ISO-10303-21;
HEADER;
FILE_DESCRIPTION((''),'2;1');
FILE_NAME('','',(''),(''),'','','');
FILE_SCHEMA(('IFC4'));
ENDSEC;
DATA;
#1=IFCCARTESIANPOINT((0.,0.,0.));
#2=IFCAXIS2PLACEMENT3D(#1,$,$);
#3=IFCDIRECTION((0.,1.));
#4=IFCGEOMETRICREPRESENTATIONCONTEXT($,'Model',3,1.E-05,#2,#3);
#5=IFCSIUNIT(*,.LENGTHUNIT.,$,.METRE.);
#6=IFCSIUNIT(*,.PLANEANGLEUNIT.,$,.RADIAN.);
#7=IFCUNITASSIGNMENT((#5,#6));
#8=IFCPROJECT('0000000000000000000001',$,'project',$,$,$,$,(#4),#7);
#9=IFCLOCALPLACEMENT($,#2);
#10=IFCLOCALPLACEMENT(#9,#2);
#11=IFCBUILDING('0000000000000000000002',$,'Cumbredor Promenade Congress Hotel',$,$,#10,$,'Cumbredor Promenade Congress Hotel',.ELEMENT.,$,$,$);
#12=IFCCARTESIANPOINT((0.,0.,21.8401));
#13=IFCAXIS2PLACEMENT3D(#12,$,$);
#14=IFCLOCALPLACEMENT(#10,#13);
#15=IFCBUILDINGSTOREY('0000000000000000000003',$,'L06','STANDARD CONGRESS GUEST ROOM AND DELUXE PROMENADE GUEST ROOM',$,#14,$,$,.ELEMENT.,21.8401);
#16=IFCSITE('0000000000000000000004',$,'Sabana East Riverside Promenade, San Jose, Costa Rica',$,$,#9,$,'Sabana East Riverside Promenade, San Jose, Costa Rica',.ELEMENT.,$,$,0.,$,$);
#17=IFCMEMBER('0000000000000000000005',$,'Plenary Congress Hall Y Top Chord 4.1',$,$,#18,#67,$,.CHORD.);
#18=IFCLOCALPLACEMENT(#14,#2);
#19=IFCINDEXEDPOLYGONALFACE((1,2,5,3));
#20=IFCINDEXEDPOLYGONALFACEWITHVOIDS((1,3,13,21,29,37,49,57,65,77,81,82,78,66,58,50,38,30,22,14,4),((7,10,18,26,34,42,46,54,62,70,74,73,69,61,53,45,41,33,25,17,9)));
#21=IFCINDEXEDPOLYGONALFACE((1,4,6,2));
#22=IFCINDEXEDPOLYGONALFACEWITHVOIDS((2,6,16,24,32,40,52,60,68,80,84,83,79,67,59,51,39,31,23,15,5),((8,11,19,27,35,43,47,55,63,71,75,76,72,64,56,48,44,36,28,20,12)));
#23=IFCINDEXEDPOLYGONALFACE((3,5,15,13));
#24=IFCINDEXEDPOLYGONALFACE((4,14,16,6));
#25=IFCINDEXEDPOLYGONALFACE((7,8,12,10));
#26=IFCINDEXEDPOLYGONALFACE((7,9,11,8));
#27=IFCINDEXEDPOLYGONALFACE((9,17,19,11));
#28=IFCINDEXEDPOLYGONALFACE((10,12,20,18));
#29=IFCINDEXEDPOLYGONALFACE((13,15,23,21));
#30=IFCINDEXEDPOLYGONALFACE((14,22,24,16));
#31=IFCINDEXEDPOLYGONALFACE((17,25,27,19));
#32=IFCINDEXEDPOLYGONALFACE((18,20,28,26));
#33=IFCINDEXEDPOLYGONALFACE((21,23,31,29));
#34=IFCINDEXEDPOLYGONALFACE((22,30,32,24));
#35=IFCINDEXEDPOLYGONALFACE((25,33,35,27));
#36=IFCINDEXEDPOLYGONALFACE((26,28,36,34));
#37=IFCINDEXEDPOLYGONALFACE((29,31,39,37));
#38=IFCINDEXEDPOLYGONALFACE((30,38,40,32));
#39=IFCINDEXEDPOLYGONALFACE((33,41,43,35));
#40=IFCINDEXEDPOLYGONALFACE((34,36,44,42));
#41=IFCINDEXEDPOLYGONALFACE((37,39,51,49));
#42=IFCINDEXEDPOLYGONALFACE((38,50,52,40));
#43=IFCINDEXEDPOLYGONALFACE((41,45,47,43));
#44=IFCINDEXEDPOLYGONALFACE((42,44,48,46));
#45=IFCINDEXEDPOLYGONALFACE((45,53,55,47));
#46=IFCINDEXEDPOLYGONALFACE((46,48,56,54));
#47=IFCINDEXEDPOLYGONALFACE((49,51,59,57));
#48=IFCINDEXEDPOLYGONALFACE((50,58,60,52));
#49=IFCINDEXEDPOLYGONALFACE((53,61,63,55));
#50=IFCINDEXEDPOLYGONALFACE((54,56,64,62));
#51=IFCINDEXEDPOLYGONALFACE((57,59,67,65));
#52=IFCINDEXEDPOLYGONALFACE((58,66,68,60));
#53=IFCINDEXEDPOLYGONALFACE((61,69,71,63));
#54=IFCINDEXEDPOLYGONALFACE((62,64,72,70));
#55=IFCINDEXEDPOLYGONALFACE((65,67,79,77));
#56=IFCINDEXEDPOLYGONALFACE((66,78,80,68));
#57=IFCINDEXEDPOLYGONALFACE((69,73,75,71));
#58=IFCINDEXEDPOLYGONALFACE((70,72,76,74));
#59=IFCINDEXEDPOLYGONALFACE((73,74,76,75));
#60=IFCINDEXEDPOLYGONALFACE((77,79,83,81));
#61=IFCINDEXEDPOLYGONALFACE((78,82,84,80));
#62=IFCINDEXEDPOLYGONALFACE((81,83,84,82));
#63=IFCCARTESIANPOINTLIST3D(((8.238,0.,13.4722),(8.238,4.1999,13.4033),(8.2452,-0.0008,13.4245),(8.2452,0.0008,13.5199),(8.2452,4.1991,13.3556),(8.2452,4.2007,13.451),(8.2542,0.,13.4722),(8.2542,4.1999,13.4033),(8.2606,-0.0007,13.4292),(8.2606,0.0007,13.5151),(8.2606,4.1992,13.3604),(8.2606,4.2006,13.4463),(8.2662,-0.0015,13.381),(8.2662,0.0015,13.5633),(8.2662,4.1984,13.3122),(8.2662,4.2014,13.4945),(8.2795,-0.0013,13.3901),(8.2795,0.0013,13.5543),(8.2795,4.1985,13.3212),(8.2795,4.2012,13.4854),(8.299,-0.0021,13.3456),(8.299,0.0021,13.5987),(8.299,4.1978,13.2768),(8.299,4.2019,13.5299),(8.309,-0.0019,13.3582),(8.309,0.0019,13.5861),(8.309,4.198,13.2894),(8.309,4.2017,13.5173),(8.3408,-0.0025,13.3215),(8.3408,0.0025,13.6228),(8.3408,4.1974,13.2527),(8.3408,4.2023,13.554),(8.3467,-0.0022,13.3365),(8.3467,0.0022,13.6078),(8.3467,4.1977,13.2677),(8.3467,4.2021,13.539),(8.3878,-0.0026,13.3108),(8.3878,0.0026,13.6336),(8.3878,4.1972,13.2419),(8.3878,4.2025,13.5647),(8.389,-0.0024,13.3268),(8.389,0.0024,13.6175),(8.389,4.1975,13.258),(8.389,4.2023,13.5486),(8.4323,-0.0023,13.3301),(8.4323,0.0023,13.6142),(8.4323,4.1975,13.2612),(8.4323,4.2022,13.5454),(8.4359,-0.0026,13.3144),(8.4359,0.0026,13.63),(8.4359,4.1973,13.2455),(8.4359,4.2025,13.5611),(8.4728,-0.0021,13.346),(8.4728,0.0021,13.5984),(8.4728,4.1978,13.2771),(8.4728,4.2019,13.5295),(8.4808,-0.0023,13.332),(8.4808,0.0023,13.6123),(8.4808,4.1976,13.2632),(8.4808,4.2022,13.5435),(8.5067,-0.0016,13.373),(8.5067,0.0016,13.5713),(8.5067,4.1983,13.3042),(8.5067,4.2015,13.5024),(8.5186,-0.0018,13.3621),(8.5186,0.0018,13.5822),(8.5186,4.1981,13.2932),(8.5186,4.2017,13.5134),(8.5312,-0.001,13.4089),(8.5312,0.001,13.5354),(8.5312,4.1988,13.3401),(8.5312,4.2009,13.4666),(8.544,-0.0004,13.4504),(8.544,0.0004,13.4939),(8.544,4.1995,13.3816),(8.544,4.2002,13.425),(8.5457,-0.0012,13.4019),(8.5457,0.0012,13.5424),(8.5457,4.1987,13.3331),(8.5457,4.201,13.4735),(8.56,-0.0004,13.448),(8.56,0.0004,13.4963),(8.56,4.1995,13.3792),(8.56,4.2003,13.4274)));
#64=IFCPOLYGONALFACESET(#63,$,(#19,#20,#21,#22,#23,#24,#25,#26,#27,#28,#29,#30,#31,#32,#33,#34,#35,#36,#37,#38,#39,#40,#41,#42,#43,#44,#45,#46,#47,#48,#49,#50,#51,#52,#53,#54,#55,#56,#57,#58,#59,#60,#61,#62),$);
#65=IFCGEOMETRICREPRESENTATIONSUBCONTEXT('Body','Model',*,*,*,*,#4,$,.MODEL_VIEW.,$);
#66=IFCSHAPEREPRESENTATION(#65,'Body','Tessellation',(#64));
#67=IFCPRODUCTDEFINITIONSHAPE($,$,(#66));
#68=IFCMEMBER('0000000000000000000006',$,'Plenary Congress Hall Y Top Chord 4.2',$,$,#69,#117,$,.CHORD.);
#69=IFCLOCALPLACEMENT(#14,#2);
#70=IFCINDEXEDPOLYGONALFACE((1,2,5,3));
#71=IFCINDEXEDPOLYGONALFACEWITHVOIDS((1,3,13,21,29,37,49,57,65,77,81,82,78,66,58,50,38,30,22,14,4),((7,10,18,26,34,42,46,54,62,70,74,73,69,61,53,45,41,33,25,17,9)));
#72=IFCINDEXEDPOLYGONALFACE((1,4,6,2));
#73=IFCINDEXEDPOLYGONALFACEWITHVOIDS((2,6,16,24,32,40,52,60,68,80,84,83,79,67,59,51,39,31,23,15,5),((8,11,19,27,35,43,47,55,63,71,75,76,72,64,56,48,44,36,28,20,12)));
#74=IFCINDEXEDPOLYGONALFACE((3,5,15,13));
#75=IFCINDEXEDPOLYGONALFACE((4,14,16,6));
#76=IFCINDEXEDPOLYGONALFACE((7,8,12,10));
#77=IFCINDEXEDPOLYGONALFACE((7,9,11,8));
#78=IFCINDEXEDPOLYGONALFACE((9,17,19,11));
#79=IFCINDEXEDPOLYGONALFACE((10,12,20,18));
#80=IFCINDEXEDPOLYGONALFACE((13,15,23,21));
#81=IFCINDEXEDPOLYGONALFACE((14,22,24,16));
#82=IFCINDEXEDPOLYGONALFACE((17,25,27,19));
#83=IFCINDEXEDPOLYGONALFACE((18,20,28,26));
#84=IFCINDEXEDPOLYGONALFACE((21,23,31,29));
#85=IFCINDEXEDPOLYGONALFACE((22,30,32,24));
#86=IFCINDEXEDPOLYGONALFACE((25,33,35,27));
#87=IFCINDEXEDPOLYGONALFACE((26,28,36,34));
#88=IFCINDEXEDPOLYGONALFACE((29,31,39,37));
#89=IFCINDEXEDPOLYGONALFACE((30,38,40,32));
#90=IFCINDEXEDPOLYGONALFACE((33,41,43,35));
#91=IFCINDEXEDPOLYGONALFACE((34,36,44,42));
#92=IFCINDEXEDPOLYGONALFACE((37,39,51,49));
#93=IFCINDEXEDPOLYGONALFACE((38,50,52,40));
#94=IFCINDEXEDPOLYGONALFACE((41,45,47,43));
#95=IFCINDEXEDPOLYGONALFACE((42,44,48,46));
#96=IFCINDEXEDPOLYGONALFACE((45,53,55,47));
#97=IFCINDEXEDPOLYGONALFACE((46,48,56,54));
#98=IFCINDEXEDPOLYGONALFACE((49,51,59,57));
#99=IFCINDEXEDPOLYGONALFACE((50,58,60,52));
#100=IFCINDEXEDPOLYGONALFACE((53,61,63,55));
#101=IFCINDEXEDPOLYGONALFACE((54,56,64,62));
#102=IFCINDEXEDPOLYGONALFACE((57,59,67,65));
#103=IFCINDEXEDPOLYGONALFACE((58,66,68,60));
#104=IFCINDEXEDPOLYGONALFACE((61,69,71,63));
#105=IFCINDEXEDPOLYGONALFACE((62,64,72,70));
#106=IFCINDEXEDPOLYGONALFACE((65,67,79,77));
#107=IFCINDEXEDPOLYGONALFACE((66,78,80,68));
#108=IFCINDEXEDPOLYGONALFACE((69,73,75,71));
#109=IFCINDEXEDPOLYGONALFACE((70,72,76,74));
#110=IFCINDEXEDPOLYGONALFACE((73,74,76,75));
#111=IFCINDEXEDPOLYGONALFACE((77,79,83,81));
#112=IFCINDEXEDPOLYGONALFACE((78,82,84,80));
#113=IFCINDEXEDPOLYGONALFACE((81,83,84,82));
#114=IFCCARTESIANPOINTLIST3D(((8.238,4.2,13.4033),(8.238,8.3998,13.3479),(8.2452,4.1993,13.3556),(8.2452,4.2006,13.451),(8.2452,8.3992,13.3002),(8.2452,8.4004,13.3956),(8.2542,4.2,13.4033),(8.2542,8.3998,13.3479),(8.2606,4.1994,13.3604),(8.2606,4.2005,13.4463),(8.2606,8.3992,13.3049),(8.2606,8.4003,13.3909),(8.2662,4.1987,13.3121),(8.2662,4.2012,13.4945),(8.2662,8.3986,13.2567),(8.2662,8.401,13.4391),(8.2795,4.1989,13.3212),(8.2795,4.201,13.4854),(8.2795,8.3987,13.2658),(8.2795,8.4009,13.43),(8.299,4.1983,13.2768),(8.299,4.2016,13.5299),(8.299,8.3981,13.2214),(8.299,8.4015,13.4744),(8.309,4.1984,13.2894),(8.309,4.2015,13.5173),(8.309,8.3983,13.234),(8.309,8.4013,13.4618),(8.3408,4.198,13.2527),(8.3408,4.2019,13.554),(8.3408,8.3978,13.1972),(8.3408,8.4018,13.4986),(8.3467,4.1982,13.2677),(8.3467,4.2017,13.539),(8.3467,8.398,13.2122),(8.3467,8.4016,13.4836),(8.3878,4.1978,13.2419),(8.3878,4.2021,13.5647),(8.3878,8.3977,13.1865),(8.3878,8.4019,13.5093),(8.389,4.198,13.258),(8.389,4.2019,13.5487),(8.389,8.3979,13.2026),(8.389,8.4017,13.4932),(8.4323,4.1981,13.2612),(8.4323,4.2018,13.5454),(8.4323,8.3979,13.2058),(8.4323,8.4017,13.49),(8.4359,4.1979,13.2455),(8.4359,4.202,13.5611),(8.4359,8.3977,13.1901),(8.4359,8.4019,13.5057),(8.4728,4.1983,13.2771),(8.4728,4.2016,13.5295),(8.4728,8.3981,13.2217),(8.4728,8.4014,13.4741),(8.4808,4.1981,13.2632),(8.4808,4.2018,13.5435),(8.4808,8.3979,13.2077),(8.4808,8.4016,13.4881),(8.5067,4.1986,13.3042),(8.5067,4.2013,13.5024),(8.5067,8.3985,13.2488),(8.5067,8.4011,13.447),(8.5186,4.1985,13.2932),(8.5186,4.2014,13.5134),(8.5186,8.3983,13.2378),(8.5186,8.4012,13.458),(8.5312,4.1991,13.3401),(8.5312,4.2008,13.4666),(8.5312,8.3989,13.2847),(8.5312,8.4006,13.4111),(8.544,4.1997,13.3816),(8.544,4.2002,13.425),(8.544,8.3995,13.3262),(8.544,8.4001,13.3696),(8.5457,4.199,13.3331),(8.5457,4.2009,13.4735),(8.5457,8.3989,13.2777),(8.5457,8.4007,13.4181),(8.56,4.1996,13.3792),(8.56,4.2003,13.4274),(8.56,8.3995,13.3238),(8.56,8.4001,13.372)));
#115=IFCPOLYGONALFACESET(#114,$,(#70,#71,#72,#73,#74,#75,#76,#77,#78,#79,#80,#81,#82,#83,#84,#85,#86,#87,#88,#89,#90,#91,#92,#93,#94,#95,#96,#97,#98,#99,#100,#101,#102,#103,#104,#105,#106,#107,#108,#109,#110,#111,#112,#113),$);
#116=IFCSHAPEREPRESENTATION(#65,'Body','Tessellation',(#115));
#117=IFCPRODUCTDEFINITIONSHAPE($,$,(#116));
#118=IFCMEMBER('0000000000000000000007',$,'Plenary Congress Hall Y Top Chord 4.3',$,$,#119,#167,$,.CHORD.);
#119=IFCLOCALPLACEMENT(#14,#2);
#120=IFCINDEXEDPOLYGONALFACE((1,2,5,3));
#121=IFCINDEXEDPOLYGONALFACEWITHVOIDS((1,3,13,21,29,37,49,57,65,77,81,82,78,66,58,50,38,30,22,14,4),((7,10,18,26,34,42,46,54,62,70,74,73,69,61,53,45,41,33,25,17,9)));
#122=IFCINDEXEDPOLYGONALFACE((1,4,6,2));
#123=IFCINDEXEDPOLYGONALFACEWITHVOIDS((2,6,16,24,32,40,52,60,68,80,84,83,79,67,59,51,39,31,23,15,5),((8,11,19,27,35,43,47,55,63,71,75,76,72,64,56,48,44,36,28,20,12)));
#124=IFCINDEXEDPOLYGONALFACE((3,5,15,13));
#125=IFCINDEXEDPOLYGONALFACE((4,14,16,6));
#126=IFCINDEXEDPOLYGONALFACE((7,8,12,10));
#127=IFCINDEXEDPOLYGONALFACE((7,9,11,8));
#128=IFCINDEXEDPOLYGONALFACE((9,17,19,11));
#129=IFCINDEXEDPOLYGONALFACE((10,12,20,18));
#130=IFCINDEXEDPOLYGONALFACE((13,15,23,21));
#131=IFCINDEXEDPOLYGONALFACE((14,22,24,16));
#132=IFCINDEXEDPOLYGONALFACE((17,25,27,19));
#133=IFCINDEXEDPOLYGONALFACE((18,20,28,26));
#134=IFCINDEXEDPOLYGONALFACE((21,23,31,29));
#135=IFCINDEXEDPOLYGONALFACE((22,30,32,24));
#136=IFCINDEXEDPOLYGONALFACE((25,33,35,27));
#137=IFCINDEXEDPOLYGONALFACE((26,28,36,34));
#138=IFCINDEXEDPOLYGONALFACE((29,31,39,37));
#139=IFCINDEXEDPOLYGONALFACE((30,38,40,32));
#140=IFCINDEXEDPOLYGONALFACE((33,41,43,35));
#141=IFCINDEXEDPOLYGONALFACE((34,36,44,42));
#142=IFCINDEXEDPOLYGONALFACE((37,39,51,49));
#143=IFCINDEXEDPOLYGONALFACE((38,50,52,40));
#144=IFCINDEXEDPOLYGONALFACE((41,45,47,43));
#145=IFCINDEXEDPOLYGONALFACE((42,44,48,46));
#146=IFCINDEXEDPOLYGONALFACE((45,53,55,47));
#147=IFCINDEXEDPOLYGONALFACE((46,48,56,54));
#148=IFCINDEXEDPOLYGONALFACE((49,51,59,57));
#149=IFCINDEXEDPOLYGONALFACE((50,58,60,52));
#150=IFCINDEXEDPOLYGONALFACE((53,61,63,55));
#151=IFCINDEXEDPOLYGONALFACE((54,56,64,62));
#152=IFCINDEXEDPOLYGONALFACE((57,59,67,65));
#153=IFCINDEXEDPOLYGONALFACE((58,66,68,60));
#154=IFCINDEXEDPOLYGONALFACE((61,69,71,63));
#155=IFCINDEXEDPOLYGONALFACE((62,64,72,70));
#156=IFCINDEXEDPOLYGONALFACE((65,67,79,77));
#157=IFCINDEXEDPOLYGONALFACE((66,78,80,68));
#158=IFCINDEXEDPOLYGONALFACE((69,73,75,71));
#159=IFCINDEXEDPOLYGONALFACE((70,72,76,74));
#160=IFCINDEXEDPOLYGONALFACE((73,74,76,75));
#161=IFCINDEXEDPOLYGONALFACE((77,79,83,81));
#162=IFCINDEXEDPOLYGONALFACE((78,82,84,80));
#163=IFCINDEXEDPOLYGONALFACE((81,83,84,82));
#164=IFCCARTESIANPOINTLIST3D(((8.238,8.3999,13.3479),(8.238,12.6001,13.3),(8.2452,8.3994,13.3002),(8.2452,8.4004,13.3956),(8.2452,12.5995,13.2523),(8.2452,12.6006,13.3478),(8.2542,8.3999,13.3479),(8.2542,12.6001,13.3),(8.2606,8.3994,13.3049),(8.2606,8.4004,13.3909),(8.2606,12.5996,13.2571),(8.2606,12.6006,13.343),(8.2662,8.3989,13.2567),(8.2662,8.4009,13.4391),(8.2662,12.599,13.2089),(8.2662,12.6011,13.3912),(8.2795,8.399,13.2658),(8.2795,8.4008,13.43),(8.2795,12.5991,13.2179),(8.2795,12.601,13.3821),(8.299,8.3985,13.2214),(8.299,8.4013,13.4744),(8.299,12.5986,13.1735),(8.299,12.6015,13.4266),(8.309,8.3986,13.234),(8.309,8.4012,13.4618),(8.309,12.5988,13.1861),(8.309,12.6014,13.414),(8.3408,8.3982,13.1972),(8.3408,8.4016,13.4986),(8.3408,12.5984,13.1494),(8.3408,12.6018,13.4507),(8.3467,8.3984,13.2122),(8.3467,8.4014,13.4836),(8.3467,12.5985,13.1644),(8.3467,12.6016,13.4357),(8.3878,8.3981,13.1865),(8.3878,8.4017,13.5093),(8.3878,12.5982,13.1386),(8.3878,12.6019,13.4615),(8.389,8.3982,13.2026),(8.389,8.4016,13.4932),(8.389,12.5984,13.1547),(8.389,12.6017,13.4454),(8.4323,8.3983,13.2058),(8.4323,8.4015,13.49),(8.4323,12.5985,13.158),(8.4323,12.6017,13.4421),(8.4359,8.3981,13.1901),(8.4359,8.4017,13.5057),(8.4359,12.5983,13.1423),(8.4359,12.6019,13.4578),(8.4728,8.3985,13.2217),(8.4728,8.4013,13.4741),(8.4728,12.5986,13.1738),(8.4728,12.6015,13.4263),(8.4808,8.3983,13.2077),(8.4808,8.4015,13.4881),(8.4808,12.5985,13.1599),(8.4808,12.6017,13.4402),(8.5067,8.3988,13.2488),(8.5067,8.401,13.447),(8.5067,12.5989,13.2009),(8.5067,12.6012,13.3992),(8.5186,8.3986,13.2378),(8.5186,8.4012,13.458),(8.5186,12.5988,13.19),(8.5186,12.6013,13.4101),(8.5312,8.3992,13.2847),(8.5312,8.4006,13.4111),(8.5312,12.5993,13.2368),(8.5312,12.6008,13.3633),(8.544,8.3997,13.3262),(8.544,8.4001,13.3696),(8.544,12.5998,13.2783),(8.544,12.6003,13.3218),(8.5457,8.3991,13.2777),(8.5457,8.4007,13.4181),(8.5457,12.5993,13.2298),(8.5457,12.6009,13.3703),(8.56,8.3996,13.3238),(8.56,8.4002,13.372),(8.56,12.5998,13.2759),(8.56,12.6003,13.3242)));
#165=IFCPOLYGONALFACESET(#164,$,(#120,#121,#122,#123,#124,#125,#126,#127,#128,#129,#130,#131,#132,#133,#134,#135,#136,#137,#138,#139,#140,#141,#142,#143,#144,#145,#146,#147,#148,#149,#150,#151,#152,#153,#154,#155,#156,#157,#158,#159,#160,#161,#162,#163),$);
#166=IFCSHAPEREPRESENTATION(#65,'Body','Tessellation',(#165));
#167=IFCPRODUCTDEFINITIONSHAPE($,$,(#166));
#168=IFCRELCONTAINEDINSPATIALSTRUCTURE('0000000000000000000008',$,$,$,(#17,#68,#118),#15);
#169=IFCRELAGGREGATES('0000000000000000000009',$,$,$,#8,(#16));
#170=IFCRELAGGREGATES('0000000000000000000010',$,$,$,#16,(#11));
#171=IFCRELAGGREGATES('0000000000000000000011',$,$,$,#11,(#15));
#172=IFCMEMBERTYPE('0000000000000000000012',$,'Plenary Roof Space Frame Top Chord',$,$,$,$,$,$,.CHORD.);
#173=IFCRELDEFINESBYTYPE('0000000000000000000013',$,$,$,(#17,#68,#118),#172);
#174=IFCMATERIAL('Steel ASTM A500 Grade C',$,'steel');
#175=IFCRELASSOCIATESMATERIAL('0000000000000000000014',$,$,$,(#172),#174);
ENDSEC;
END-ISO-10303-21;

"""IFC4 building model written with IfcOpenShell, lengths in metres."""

from ifc_helpers import new_model, si_unit, direction, frame, origin, origin_2d, place, context, subcontext, project, spatial, hollow_circle, extrude, material, material_profile, profile_set, type_object, element, save


model = new_model("IFC4")

# Units and contexts
model_context = context("Model", 3, precision=1e-05, world=origin(), true_north=direction((0.0, 1.0)))
body_context = subcontext(model_context, "Body", "Model", "MODEL_VIEW")
ifc_project = project(units=[si_unit("LENGTHUNIT", "METRE"), si_unit("PLANEANGLEUNIT", "RADIAN")], contexts=[model_context])

# Site, building, storey
site_placement = place(None, origin())
site = spatial("IfcSite", under=ifc_project, at=site_placement, Name="Sabana East Riverside Promenade, San Jose, Costa Rica", LongName="Sabana East Riverside Promenade, San Jose, Costa Rica", CompositionType="ELEMENT", RefElevation=0.0)
building_placement = place(site_placement, origin())
building = spatial("IfcBuilding", under=site, at=building_placement, Name="Cumbredor Promenade Congress Hotel", LongName="Cumbredor Promenade Congress Hotel", CompositionType="ELEMENT")
storey_placement = place(building_placement, frame((0.0, 0.0, 21.8401)))
storey = spatial("IfcBuildingStorey", under=building, at=storey_placement, Name="L06", Description="STANDARD CONGRESS GUEST ROOM AND DELUXE PROMENADE GUEST ROOM", CompositionType="ELEMENT", Elevation=21.8401)

# Members
ifc_material_1 = material(Name="Steel ASTM A500 Grade C", Category="steel")
ifc_material_profile_1 = material_profile(ifc_material_1, hollow_circle(Radius=0.1619, WallThickness=0.0161, at=origin_2d()), Name="CHS 323.9x16")
ifc_profile_set_1 = profile_set([ifc_material_profile_1], Name="Steel ASTM A500 Grade C")
member_type_1 = type_object("IfcMemberType", Name="Plenary Roof Space Frame Top Chord", PredefinedType="CHORD", material=ifc_profile_set_1)
member_1_placement = place(storey_placement, frame((8.3999, 0.0, 13.4722), z_axis=(0.0, 0.999866, -0.01639), x_axis=(-1.0, 0.0, 0.0)))
element("IfcMember", 1, at=member_1_placement, inside=storey, type_object=member_type_1, Name="Plenary Congress Hall Y Top Chord 4.1", PredefinedType="CHORD", context=body_context, shape_type="SweptSolid", body=[
    extrude(hollow_circle(Radius=0.1619, WallThickness=0.0161, at=origin_2d()), origin(), (0.0, 0.0, 1.0), 4.2004),
])
member_2_placement = place(storey_placement, frame((8.3999, 4.2, 13.4033), z_axis=(0.0, 0.999913, -0.013194), x_axis=(-1.0, 0.0, 0.0)))
element("IfcMember", 2, at=member_2_placement, inside=storey, type_object=member_type_1, Name="Plenary Congress Hall Y Top Chord 4.2", PredefinedType="CHORD", context=body_context, shape_type="SweptSolid", body=[
    extrude(hollow_circle(Radius=0.1619, WallThickness=0.0161, at=origin_2d()), origin(), (0.0, 0.0, 1.0), 4.2002),
])
member_3_placement = place(storey_placement, frame((8.3999, 8.3999, 13.3479), z_axis=(0.0, 0.999935, -0.011392), x_axis=(-1.0, 0.0, 0.0)))
element("IfcMember", 3, at=member_3_placement, inside=storey, type_object=member_type_1, Name="Plenary Congress Hall Y Top Chord 4.3", PredefinedType="CHORD", context=body_context, shape_type="SweptSolid", body=[
    extrude(hollow_circle(Radius=0.1619, WallThickness=0.0161, at=origin_2d()), origin(), (0.0, 0.0, 1.0), 4.2004),
])

save(model, "model.ifc")
